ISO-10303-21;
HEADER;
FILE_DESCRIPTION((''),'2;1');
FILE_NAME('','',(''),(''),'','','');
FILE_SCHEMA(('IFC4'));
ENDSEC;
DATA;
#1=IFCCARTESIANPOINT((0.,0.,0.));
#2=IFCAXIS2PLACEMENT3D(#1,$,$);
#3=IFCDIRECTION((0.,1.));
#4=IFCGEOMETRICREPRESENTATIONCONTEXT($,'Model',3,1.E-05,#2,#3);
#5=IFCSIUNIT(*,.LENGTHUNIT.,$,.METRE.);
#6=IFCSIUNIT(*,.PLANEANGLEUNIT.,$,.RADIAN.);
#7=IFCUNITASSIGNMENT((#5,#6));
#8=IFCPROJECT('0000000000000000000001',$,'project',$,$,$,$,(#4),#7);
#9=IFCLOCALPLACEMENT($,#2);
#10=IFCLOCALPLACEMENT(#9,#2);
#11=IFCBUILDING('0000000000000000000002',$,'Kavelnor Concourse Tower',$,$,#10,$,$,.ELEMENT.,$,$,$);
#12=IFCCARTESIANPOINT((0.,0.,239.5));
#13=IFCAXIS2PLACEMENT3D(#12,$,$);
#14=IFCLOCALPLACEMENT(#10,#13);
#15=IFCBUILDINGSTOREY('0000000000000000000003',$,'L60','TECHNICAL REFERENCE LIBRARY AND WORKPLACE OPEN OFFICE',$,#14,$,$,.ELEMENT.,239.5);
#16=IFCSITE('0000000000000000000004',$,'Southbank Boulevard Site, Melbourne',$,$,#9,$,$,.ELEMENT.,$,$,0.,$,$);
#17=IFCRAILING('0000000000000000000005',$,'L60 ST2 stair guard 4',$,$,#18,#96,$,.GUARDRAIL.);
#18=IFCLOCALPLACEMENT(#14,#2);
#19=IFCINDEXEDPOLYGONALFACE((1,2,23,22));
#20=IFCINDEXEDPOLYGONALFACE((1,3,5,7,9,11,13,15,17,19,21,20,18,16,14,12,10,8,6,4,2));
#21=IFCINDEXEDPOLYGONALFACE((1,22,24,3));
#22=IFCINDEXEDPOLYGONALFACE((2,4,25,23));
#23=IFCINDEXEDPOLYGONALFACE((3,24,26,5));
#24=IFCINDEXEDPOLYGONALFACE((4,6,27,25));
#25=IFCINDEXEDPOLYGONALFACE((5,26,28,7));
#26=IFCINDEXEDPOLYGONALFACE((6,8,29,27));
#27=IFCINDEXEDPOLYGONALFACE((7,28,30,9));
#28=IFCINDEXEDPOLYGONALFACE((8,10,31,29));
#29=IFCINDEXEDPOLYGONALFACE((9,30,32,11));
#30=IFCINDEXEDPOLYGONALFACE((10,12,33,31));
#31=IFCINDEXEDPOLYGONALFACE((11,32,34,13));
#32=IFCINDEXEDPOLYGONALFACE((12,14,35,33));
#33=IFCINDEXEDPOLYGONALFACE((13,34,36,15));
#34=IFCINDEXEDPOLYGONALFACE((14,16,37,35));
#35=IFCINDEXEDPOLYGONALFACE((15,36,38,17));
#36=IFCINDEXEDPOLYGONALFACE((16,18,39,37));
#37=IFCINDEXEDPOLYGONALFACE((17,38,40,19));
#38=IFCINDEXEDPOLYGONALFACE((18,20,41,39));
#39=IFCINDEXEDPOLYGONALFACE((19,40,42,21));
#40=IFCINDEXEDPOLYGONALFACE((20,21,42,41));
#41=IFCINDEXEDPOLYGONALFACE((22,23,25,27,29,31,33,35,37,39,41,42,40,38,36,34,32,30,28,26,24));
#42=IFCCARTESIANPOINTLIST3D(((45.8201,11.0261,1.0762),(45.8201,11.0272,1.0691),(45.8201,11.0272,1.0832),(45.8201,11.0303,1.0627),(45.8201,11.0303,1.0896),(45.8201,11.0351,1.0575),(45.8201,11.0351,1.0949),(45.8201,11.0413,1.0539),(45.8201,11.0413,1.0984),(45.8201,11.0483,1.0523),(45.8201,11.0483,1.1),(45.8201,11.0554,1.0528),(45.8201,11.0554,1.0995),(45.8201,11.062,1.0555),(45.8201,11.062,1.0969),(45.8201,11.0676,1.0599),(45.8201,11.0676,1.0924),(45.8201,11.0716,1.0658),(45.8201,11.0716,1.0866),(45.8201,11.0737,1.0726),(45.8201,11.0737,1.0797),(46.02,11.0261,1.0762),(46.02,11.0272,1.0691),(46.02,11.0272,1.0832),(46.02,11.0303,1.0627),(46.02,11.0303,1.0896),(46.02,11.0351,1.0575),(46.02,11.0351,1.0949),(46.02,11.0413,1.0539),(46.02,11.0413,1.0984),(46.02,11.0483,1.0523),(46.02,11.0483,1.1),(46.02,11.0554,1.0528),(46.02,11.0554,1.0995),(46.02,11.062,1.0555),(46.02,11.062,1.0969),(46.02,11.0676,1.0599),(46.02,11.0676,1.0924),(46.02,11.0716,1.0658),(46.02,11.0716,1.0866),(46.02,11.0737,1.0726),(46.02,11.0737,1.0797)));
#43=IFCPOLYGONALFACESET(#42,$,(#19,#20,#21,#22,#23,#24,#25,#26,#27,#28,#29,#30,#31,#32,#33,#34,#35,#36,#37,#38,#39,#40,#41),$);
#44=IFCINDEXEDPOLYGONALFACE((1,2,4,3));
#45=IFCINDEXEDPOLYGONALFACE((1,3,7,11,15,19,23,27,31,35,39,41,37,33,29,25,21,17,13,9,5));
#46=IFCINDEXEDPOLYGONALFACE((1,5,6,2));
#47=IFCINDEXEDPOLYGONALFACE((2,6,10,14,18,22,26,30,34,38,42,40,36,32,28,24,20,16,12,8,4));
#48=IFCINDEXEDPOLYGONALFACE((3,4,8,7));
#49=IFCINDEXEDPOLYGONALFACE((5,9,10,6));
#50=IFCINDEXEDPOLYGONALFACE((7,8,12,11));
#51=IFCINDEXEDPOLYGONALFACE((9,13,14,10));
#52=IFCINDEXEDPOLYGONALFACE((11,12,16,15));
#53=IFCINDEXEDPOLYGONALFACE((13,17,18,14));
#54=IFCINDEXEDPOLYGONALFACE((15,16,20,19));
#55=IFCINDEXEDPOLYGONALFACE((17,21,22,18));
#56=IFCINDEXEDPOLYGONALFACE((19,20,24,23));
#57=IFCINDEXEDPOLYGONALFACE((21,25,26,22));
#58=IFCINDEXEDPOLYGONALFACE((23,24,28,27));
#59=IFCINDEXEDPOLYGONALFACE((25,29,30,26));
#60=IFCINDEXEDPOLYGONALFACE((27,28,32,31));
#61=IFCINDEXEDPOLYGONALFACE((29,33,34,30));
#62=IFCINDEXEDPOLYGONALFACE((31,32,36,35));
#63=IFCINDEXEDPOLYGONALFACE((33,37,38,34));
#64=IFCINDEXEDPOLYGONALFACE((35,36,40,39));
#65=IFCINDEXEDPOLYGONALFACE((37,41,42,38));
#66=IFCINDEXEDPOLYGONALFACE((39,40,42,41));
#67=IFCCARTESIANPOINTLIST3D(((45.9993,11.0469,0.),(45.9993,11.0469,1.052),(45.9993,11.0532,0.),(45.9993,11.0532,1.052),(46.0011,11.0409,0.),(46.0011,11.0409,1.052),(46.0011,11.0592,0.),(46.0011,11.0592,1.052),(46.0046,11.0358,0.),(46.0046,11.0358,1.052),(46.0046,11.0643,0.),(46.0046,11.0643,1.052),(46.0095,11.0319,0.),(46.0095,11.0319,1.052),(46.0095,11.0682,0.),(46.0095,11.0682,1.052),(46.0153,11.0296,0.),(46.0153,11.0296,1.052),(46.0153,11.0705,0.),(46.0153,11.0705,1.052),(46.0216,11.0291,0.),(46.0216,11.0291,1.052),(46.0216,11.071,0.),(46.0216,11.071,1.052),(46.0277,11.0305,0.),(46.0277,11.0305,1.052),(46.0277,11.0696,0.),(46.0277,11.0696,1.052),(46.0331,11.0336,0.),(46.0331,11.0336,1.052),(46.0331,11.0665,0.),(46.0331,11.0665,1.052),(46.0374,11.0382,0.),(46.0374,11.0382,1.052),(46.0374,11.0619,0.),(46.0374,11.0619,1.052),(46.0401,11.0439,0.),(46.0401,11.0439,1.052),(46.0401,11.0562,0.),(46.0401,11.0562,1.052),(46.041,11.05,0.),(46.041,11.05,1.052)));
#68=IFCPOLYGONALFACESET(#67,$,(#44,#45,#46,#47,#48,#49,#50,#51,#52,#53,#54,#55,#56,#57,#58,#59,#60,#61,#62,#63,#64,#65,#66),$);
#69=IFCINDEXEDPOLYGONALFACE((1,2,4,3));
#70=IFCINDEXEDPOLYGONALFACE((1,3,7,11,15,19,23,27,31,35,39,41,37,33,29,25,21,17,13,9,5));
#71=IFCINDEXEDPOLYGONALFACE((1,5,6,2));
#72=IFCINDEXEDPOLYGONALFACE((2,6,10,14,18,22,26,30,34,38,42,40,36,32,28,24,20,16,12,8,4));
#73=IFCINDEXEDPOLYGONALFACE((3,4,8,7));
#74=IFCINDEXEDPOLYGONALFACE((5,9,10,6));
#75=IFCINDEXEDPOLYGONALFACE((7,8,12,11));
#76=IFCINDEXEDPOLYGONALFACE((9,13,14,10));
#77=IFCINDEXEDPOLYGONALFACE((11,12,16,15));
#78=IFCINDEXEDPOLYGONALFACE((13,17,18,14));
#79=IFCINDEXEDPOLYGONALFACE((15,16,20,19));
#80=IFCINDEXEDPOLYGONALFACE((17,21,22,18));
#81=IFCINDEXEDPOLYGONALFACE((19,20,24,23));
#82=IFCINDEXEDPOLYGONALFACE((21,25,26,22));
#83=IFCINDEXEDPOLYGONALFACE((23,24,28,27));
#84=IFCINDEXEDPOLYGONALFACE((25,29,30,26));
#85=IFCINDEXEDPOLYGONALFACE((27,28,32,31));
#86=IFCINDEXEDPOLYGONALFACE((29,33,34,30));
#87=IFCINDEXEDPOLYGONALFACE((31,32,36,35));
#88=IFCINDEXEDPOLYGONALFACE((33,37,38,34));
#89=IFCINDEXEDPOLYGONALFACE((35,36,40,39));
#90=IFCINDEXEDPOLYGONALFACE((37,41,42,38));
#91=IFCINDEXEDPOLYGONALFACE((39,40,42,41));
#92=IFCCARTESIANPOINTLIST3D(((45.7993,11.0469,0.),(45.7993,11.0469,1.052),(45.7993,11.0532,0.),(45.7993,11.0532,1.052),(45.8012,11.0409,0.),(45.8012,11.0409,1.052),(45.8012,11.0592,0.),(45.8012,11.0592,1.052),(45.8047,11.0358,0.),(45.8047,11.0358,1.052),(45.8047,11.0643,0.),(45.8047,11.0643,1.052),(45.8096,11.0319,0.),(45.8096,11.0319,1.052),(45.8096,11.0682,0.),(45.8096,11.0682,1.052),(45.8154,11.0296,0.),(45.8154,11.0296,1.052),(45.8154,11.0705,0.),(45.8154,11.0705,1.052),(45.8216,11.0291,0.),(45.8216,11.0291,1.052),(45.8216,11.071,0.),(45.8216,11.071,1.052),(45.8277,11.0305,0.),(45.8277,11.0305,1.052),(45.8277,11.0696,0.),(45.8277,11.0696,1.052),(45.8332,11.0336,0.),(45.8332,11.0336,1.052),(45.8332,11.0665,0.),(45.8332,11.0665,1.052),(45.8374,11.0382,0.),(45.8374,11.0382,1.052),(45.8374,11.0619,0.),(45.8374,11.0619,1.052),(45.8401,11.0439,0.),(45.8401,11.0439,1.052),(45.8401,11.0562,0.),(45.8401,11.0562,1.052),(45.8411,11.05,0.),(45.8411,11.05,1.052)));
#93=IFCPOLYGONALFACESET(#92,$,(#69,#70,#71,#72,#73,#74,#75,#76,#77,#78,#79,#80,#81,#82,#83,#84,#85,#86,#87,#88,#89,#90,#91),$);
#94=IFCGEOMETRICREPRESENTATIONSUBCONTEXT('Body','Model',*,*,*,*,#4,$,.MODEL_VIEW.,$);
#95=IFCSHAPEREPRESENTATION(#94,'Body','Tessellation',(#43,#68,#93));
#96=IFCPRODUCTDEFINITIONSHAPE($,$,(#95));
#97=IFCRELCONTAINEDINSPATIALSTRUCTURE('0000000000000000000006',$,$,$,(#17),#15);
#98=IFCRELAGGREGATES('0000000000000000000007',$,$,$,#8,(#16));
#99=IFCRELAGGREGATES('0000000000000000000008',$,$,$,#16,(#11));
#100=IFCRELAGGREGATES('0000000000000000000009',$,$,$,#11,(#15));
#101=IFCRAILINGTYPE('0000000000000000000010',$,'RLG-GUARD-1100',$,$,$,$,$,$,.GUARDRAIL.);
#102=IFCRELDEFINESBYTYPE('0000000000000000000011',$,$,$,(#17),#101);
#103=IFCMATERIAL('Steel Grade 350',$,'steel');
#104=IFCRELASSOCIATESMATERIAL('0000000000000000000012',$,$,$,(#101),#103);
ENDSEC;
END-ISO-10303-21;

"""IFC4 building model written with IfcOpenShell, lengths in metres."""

from ifc_helpers import new_model, si_unit, direction, frame, origin, origin_2d, place, context, subcontext, project, spatial, circle, extrude, material, type_object, element, save


model = new_model("IFC4")

# Units and contexts
model_context = context("Model", 3, precision=1e-05, world=origin(), true_north=direction((0.0, 1.0)))
body_context = subcontext(model_context, "Body", "Model", "MODEL_VIEW")
ifc_project = project(units=[si_unit("LENGTHUNIT", "METRE"), si_unit("PLANEANGLEUNIT", "RADIAN")], contexts=[model_context])

# Site, building, storey
site_placement = place(None, origin())
site = spatial("IfcSite", under=ifc_project, at=site_placement, Name="Southbank Boulevard Site, Melbourne", CompositionType="ELEMENT", RefElevation=0.0)
building_placement = place(site_placement, origin())
building = spatial("IfcBuilding", under=site, at=building_placement, Name="Kavelnor Concourse Tower", CompositionType="ELEMENT")
storey_placement = place(building_placement, frame((0.0, 0.0, 239.5)))
storey = spatial("IfcBuildingStorey", under=building, at=storey_placement, Name="L60", Description="TECHNICAL REFERENCE LIBRARY AND WORKPLACE OPEN OFFICE", CompositionType="ELEMENT", Elevation=239.5)

# Shared definitions
ifc_material_1 = material(Name="Steel Grade 350", Category="steel")

# Railing
railing_type_1 = type_object("IfcRailingType", Name="RLG-GUARD-1100", PredefinedType="GUARDRAIL", material=ifc_material_1)
railing_1_placement = place(storey_placement, frame((46.02, 11.05, 0.0)))
element("IfcRailing", 1, at=railing_1_placement, inside=storey, type_object=railing_type_1, Name="L60 ST2 stair guard 4", PredefinedType="GUARDRAIL", context=body_context, shape_type="SweptSolid", body=[
    extrude(circle(Radius=0.0239, at=origin_2d()), frame((0.0, 0.0, 1.0762), z_axis=(-1.0, 0.0, 0.0), x_axis=(0.0, -1.0, 0.0)), (0.0, 0.0, 1.0), 0.2),
    extrude(circle(Radius=0.021, at=origin_2d()), origin(), (0.0, 0.0, 1.0), 1.052),
    extrude(circle(Radius=0.021, at=origin_2d()), frame((-0.2, 0.0, 0.0)), (0.0, 0.0, 1.0), 1.052),
])

save(model, "model.ifc")
